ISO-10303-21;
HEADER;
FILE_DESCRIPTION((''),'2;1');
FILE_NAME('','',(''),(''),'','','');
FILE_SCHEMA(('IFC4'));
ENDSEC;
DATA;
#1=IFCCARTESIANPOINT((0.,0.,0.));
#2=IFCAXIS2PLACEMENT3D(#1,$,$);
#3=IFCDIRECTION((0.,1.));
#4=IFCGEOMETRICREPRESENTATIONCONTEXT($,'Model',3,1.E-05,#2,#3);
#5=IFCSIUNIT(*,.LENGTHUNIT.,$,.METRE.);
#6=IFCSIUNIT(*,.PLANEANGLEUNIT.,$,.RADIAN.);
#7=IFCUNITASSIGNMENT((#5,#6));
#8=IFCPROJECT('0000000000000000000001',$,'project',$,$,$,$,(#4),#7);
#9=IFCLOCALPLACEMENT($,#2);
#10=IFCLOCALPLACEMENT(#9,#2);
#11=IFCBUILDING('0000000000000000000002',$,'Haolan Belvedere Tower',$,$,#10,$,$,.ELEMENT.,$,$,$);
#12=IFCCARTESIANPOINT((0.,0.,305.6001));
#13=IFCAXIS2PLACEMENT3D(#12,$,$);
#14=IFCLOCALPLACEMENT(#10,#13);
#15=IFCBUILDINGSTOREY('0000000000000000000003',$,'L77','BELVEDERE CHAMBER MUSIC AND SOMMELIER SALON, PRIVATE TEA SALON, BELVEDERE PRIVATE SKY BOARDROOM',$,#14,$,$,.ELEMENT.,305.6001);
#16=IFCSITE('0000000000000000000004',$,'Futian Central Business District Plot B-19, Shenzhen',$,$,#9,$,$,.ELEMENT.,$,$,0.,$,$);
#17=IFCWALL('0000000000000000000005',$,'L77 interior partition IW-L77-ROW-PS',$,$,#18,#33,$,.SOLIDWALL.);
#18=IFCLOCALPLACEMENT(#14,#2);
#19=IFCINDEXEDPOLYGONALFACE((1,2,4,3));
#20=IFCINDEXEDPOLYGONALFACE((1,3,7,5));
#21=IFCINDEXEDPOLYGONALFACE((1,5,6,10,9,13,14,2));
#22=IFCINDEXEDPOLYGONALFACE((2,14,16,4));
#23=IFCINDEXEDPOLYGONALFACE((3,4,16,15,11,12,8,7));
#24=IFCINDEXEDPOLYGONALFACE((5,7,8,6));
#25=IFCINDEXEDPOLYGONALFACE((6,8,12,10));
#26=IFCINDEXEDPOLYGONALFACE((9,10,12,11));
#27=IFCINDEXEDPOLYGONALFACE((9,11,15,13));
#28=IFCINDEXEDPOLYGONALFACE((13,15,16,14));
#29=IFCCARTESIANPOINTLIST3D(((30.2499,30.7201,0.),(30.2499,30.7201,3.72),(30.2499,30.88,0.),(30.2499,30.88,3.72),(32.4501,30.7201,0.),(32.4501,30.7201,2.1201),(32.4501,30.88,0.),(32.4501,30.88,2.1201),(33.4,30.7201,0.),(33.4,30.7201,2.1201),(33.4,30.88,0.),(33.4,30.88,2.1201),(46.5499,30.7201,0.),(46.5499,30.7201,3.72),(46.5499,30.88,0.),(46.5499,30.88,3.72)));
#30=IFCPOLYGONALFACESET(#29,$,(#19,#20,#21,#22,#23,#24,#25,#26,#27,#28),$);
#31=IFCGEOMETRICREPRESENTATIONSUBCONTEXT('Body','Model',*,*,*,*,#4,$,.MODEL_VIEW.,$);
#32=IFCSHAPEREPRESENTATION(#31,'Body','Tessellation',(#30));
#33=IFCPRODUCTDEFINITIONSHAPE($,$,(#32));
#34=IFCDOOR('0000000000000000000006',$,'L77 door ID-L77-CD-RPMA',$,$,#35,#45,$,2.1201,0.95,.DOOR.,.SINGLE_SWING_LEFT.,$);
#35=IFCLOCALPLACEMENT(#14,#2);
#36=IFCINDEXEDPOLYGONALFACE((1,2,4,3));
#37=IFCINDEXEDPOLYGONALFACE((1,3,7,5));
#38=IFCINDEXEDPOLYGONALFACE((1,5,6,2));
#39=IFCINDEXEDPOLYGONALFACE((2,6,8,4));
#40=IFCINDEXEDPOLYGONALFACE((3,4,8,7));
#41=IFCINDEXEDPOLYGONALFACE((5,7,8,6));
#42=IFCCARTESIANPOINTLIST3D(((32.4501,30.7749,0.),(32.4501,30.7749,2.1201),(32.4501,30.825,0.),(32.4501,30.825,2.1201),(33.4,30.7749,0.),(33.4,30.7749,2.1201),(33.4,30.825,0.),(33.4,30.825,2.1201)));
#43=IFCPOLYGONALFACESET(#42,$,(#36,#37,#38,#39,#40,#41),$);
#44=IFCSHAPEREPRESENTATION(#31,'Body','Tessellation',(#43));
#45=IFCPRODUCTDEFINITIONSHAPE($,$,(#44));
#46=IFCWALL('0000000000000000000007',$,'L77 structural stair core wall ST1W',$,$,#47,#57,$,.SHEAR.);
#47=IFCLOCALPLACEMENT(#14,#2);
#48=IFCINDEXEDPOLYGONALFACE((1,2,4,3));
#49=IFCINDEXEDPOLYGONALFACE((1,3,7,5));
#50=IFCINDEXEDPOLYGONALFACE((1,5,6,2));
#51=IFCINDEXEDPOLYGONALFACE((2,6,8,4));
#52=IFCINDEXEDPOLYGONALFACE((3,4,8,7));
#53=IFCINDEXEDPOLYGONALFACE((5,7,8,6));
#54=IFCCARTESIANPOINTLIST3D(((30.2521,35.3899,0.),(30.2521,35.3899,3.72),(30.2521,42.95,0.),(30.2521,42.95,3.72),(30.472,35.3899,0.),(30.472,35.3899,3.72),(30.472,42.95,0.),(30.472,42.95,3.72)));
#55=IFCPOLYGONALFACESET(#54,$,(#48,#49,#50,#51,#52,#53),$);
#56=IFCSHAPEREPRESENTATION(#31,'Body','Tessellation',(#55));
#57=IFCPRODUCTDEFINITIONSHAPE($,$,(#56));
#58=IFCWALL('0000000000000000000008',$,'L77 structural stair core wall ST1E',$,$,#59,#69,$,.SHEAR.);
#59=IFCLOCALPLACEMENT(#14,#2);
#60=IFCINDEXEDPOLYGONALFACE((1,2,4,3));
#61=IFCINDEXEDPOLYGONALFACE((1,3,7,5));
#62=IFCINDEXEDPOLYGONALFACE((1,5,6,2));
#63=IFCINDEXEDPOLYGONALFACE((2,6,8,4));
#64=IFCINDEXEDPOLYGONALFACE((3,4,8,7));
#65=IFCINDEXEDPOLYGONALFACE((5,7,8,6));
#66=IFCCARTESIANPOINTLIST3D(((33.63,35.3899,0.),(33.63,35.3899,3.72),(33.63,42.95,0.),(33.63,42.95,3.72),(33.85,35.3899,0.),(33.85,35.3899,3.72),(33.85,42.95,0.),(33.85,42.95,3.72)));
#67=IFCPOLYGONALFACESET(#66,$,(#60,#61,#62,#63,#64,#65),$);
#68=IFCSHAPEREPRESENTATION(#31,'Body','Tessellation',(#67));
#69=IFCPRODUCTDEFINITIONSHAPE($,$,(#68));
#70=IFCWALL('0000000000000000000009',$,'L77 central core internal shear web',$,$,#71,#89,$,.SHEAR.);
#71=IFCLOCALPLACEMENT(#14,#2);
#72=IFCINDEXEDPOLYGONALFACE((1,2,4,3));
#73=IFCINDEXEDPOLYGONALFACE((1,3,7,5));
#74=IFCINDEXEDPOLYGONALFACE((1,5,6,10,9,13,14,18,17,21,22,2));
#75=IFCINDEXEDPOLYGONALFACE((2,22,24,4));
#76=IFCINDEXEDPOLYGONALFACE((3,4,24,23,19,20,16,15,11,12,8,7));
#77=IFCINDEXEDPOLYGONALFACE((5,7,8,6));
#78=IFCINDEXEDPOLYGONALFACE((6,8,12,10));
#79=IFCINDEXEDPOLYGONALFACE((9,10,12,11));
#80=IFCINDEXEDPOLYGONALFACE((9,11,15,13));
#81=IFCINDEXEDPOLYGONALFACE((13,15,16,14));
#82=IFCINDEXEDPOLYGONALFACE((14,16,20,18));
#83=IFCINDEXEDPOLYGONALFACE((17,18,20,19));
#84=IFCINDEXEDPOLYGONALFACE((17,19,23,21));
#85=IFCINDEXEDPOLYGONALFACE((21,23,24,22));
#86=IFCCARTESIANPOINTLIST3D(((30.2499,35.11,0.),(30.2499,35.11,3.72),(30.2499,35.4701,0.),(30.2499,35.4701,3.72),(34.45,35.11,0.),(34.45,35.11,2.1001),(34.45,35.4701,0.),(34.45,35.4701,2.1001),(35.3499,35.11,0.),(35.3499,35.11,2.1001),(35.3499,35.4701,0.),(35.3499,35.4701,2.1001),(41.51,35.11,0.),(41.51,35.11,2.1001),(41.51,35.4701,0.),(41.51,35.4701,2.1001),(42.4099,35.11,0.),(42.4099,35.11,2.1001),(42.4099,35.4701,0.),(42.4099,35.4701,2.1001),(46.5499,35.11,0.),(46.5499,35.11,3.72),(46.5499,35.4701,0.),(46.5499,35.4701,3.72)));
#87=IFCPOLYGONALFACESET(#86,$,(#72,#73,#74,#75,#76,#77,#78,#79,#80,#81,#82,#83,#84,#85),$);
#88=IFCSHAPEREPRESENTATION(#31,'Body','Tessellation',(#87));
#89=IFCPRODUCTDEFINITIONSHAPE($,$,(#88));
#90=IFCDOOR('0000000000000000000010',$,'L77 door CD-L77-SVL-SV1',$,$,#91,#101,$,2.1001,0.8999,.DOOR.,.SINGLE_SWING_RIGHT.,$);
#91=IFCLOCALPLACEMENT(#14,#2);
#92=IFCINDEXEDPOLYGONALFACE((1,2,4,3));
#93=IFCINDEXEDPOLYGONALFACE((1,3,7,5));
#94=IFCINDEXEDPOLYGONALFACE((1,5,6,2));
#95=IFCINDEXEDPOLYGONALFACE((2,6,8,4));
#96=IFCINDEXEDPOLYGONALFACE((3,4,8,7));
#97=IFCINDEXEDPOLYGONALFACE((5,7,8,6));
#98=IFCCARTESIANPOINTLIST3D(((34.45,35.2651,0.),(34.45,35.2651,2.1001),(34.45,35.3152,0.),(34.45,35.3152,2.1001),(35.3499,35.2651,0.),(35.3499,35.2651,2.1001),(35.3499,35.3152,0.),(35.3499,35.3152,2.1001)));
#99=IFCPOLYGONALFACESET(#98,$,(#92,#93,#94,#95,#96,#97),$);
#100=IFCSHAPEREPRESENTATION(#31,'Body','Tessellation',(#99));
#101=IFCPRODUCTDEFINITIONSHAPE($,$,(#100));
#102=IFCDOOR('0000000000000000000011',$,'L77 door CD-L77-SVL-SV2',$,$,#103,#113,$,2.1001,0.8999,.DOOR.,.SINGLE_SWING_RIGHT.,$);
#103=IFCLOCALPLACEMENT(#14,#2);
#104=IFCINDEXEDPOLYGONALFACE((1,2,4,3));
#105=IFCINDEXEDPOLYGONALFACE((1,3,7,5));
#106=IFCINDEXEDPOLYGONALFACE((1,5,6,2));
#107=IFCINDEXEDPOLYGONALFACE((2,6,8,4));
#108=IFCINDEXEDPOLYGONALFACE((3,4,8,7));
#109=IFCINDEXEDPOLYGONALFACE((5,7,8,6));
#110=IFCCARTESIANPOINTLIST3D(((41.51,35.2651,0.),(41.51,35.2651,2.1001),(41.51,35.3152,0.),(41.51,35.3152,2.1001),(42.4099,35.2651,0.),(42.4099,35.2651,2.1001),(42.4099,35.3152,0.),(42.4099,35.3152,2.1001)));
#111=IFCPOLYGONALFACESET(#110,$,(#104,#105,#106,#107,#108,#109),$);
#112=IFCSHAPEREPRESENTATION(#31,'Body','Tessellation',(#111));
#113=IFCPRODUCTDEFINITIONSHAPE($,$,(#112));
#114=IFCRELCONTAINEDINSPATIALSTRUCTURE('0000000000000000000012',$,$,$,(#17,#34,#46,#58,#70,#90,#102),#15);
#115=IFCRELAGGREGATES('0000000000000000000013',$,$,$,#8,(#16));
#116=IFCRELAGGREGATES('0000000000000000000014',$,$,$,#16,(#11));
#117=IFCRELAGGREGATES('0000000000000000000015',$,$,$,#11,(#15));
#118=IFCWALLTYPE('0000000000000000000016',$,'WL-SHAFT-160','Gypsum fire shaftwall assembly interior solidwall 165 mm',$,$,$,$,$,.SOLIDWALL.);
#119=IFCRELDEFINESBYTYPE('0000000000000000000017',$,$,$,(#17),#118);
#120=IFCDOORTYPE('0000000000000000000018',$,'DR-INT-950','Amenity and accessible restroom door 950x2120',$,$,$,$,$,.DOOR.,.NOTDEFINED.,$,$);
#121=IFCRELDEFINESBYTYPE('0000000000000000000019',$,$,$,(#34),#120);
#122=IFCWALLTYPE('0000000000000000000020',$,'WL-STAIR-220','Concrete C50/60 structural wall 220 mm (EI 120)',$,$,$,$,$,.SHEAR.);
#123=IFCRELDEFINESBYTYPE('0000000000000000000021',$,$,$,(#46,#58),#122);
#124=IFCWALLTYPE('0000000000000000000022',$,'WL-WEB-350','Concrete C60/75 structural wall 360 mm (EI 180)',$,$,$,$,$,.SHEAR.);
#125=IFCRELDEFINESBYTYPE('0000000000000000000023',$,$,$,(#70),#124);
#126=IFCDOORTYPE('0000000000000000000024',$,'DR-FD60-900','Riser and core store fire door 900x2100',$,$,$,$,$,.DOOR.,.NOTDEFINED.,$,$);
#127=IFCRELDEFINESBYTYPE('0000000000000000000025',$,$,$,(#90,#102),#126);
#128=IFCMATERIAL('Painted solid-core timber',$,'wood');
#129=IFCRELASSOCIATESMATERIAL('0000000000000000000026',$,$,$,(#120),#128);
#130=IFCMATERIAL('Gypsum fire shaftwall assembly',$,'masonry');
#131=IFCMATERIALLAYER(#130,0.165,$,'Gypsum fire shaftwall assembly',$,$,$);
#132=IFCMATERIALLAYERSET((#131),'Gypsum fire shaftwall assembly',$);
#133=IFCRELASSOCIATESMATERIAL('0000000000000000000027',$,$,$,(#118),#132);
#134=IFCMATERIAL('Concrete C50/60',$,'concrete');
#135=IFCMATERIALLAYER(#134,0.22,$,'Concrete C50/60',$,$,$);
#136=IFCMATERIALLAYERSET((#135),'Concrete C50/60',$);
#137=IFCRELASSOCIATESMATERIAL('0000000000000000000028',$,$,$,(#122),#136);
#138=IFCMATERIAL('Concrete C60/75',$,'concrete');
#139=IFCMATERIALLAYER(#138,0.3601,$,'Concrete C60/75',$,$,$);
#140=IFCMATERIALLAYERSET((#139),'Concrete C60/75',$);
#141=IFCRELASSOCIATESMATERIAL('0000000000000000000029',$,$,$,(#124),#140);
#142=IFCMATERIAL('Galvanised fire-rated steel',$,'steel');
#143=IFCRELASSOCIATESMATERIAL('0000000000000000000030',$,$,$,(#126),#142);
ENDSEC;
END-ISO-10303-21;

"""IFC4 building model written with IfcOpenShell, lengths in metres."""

from ifc_helpers import new_model, si_unit, direction, frame, frame_2d, origin, place, context, subcontext, project, spatial, rectangle, extrude, material, layer, layer_set, type_object, element, fill, save


model = new_model("IFC4")

# Units and contexts
model_context = context("Model", 3, precision=1e-05, world=origin(), true_north=direction((0.0, 1.0)))
body_context = subcontext(model_context, "Body", "Model", "MODEL_VIEW")
ifc_project = project(units=[si_unit("LENGTHUNIT", "METRE"), si_unit("PLANEANGLEUNIT", "RADIAN")], contexts=[model_context])

# Site, building, storey
site_placement = place(None, origin())
site = spatial("IfcSite", under=ifc_project, at=site_placement, Name="Futian Central Business District Plot B-19, Shenzhen", CompositionType="ELEMENT", RefElevation=0.0)
building_placement = place(site_placement, origin())
building = spatial("IfcBuilding", under=site, at=building_placement, Name="Haolan Belvedere Tower", CompositionType="ELEMENT")
storey_placement = place(building_placement, frame((0.0, 0.0, 305.6001)))
storey = spatial("IfcBuildingStorey", under=building, at=storey_placement, Name="L77", Description="BELVEDERE CHAMBER MUSIC AND SOMMELIER SALON, PRIVATE TEA SALON, BELVEDERE PRIVATE SKY BOARDROOM", CompositionType="ELEMENT", Elevation=305.6001)

# Shared definitions
ifc_material_1 = material(Name="Concrete C60/75", Category="concrete")

# Shared definitions
ifc_material_2 = material(Name="Concrete C50/60", Category="concrete")

# Shared definitions
ifc_material_3 = material(Name="Painted solid-core timber", Category="wood")
door_type_1 = type_object("IfcDoorType", Name="DR-INT-950", Description="Amenity and accessible restroom door 950x2120", OperationType="NOTDEFINED", PredefinedType="DOOR", material=ifc_material_3)

# Shared definitions
ifc_material_4 = material(Name="Gypsum fire shaftwall assembly", Category="masonry")
ifc_layer_1 = layer(ifc_material_4, 0.165, Name="Gypsum fire shaftwall assembly")
ifc_layer_set_1 = layer_set([ifc_layer_1], Name="Gypsum fire shaftwall assembly")
wall_type_1 = type_object("IfcWallType", Name="WL-SHAFT-160", Description="Gypsum fire shaftwall assembly interior solidwall 165 mm", PredefinedType="SOLIDWALL", material=ifc_layer_set_1)

# Wall, opening, door
wall_1_placement = place(storey_placement, frame((30.25, 30.8, 0.0), z_axis=(0.0, 0.0, 1.0), x_axis=(1.0, 0.0, 0.0)))
wall_1 = element("IfcWall", 1, at=wall_1_placement, inside=storey, type_object=wall_type_1, Name="L77 interior partition IW-L77-ROW-PS", PredefinedType="SOLIDWALL", context=body_context, shape_type="SweptSolid", body=[
    extrude(rectangle(XDim=16.3, YDim=0.1599, at=frame_2d((8.1499, 0.0))), origin(), (0.0, 0.0, 1.0), 3.72),
])
opening_1_placement = place(wall_1_placement, frame((2.2, 0.0, 0.0)))
opening_1 = element("IfcOpeningElement", 2, at=opening_1_placement, cuts=wall_1, PredefinedType="OPENING", context=body_context, shape_type="SweptSolid", body=[
    extrude(rectangle(XDim=0.95, YDim=2.1201, at=frame_2d((0.4751, 1.0601))), frame((0.0, 0.0898, 0.0), z_axis=(0.0, -1.0, 0.0), x_axis=(1.0, 0.0, 0.0)), (0.0, 0.0, 1.0), 0.1799),
])
door_1_placement = place(opening_1_placement, origin())
door_1 = element("IfcDoor", 3, at=door_1_placement, inside=storey, type_object=door_type_1, Name="L77 door ID-L77-CD-RPMA", OperationType="SINGLE_SWING_LEFT", OverallHeight=2.1201, OverallWidth=0.95, PredefinedType="DOOR", context=body_context, shape_type="SweptSolid", body=[
    extrude(rectangle(XDim=0.95, YDim=2.1201, at=frame_2d((0.4751, 1.0601))), frame((0.0, 0.0249, 0.0), z_axis=(0.0, -1.0, 0.0), x_axis=(1.0, 0.0, 0.0)), (0.0, 0.0, 1.0), 0.05),
])
fill(opening_1, door_1)

# Walls
ifc_layer_2 = layer(ifc_material_2, 0.22, Name="Concrete C50/60")
ifc_layer_set_2 = layer_set([ifc_layer_2], Name="Concrete C50/60")
wall_type_2 = type_object("IfcWallType", Name="WL-STAIR-220", Description="Concrete C50/60 structural wall 220 mm (EI 120)", PredefinedType="SHEAR", material=ifc_layer_set_2)
for number, where, z_axis, x_axis, name in (
    (4, (30.3621, 35.3899, 0.0), (0.0, 0.0, 1.0), (0.0, 1.0, 0.0), "L77 structural stair core wall ST1W"),
    (5, (33.74, 35.3899, 0.0), (0.0, 0.0, 1.0), (0.0, 1.0, 0.0), "L77 structural stair core wall ST1E"),
):
    element("IfcWall", number, at=place(storey_placement, frame(where, z_axis=z_axis, x_axis=x_axis)), inside=storey, type_object=wall_type_2, Name=name, PredefinedType="SHEAR", context=body_context, shape_type="SweptSolid", body=[
        extrude(rectangle(XDim=7.5601, YDim=0.22, at=frame_2d((3.78, 0.0))), origin(), (0.0, 0.0, 1.0), 3.72),
    ])

# Wall, openings, doors
ifc_layer_3 = layer(ifc_material_1, 0.3601, Name="Concrete C60/75")
ifc_layer_set_3 = layer_set([ifc_layer_3], Name="Concrete C60/75")
wall_type_3 = type_object("IfcWallType", Name="WL-WEB-350", Description="Concrete C60/75 structural wall 360 mm (EI 180)", PredefinedType="SHEAR", material=ifc_layer_set_3)
wall_2_placement = place(storey_placement, frame((30.25, 35.29, 0.0), z_axis=(0.0, 0.0, 1.0), x_axis=(1.0, 0.0, 0.0)))
wall_2 = element("IfcWall", 6, at=wall_2_placement, inside=storey, type_object=wall_type_3, Name="L77 central core internal shear web", PredefinedType="SHEAR", context=body_context, shape_type="SweptSolid", body=[
    extrude(rectangle(XDim=16.3, YDim=0.3601, at=frame_2d((8.1499, 0.0))), origin(), (0.0, 0.0, 1.0), 3.72),
])
opening_2_placement = place(wall_2_placement, frame((5.0999, 0.0, 0.0), z_axis=(0.0, 0.0, 1.0), x_axis=(-1.0, 0.0, 0.0)))
opening_2 = element("IfcOpeningElement", 7, at=opening_2_placement, cuts=wall_2, PredefinedType="OPENING", context=body_context, shape_type="SweptSolid", body=[
    extrude(rectangle(XDim=0.8999, YDim=2.1001, at=frame_2d((0.45, 1.05))), frame((0.0, 0.1899, 0.0), z_axis=(0.0, -1.0, 0.0), x_axis=(1.0, 0.0, 0.0)), (0.0, 0.0, 1.0), 0.3801),
])
opening_3_placement = place(wall_2_placement, frame((12.1599, 0.0, 0.0), z_axis=(0.0, 0.0, 1.0), x_axis=(-1.0, 0.0, 0.0)))
opening_3 = element("IfcOpeningElement", 8, at=opening_3_placement, cuts=wall_2, PredefinedType="OPENING", context=body_context, shape_type="SweptSolid", body=[
    extrude(rectangle(XDim=0.8999, YDim=2.1001, at=frame_2d((0.45, 1.05))), frame((0.0, 0.1899, 0.0), z_axis=(0.0, -1.0, 0.0), x_axis=(1.0, 0.0, 0.0)), (0.0, 0.0, 1.0), 0.3801),
])
ifc_material_5 = material(Name="Galvanised fire-rated steel", Category="steel")
door_type_2 = type_object("IfcDoorType", Name="DR-FD60-900", Description="Riser and core store fire door 900x2100", OperationType="NOTDEFINED", PredefinedType="DOOR", material=ifc_material_5)
door_2_placement = place(opening_2_placement, origin())
door_2 = element("IfcDoor", 9, at=door_2_placement, inside=storey, type_object=door_type_2, Name="L77 door CD-L77-SVL-SV1", OperationType="SINGLE_SWING_RIGHT", OverallHeight=2.1001, OverallWidth=0.8999, PredefinedType="DOOR", context=body_context, shape_type="SweptSolid", body=[
    extrude(rectangle(XDim=0.8999, YDim=2.1001, at=frame_2d((0.45, 1.05))), frame((0.0, 0.0249, 0.0), z_axis=(0.0, -1.0, 0.0), x_axis=(1.0, 0.0, 0.0)), (0.0, 0.0, 1.0), 0.05),
])
fill(opening_2, door_2)
door_3_placement = place(opening_3_placement, origin())
door_3 = element("IfcDoor", 10, at=door_3_placement, inside=storey, type_object=door_type_2, Name="L77 door CD-L77-SVL-SV2", OperationType="SINGLE_SWING_RIGHT", OverallHeight=2.1001, OverallWidth=0.8999, PredefinedType="DOOR", context=body_context, shape_type="SweptSolid", body=[
    extrude(rectangle(XDim=0.8999, YDim=2.1001, at=frame_2d((0.45, 1.05))), frame((0.0, 0.0249, 0.0), z_axis=(0.0, -1.0, 0.0), x_axis=(1.0, 0.0, 0.0)), (0.0, 0.0, 1.0), 0.05),
])
fill(opening_3, door_3)

save(model, "model.ifc")
